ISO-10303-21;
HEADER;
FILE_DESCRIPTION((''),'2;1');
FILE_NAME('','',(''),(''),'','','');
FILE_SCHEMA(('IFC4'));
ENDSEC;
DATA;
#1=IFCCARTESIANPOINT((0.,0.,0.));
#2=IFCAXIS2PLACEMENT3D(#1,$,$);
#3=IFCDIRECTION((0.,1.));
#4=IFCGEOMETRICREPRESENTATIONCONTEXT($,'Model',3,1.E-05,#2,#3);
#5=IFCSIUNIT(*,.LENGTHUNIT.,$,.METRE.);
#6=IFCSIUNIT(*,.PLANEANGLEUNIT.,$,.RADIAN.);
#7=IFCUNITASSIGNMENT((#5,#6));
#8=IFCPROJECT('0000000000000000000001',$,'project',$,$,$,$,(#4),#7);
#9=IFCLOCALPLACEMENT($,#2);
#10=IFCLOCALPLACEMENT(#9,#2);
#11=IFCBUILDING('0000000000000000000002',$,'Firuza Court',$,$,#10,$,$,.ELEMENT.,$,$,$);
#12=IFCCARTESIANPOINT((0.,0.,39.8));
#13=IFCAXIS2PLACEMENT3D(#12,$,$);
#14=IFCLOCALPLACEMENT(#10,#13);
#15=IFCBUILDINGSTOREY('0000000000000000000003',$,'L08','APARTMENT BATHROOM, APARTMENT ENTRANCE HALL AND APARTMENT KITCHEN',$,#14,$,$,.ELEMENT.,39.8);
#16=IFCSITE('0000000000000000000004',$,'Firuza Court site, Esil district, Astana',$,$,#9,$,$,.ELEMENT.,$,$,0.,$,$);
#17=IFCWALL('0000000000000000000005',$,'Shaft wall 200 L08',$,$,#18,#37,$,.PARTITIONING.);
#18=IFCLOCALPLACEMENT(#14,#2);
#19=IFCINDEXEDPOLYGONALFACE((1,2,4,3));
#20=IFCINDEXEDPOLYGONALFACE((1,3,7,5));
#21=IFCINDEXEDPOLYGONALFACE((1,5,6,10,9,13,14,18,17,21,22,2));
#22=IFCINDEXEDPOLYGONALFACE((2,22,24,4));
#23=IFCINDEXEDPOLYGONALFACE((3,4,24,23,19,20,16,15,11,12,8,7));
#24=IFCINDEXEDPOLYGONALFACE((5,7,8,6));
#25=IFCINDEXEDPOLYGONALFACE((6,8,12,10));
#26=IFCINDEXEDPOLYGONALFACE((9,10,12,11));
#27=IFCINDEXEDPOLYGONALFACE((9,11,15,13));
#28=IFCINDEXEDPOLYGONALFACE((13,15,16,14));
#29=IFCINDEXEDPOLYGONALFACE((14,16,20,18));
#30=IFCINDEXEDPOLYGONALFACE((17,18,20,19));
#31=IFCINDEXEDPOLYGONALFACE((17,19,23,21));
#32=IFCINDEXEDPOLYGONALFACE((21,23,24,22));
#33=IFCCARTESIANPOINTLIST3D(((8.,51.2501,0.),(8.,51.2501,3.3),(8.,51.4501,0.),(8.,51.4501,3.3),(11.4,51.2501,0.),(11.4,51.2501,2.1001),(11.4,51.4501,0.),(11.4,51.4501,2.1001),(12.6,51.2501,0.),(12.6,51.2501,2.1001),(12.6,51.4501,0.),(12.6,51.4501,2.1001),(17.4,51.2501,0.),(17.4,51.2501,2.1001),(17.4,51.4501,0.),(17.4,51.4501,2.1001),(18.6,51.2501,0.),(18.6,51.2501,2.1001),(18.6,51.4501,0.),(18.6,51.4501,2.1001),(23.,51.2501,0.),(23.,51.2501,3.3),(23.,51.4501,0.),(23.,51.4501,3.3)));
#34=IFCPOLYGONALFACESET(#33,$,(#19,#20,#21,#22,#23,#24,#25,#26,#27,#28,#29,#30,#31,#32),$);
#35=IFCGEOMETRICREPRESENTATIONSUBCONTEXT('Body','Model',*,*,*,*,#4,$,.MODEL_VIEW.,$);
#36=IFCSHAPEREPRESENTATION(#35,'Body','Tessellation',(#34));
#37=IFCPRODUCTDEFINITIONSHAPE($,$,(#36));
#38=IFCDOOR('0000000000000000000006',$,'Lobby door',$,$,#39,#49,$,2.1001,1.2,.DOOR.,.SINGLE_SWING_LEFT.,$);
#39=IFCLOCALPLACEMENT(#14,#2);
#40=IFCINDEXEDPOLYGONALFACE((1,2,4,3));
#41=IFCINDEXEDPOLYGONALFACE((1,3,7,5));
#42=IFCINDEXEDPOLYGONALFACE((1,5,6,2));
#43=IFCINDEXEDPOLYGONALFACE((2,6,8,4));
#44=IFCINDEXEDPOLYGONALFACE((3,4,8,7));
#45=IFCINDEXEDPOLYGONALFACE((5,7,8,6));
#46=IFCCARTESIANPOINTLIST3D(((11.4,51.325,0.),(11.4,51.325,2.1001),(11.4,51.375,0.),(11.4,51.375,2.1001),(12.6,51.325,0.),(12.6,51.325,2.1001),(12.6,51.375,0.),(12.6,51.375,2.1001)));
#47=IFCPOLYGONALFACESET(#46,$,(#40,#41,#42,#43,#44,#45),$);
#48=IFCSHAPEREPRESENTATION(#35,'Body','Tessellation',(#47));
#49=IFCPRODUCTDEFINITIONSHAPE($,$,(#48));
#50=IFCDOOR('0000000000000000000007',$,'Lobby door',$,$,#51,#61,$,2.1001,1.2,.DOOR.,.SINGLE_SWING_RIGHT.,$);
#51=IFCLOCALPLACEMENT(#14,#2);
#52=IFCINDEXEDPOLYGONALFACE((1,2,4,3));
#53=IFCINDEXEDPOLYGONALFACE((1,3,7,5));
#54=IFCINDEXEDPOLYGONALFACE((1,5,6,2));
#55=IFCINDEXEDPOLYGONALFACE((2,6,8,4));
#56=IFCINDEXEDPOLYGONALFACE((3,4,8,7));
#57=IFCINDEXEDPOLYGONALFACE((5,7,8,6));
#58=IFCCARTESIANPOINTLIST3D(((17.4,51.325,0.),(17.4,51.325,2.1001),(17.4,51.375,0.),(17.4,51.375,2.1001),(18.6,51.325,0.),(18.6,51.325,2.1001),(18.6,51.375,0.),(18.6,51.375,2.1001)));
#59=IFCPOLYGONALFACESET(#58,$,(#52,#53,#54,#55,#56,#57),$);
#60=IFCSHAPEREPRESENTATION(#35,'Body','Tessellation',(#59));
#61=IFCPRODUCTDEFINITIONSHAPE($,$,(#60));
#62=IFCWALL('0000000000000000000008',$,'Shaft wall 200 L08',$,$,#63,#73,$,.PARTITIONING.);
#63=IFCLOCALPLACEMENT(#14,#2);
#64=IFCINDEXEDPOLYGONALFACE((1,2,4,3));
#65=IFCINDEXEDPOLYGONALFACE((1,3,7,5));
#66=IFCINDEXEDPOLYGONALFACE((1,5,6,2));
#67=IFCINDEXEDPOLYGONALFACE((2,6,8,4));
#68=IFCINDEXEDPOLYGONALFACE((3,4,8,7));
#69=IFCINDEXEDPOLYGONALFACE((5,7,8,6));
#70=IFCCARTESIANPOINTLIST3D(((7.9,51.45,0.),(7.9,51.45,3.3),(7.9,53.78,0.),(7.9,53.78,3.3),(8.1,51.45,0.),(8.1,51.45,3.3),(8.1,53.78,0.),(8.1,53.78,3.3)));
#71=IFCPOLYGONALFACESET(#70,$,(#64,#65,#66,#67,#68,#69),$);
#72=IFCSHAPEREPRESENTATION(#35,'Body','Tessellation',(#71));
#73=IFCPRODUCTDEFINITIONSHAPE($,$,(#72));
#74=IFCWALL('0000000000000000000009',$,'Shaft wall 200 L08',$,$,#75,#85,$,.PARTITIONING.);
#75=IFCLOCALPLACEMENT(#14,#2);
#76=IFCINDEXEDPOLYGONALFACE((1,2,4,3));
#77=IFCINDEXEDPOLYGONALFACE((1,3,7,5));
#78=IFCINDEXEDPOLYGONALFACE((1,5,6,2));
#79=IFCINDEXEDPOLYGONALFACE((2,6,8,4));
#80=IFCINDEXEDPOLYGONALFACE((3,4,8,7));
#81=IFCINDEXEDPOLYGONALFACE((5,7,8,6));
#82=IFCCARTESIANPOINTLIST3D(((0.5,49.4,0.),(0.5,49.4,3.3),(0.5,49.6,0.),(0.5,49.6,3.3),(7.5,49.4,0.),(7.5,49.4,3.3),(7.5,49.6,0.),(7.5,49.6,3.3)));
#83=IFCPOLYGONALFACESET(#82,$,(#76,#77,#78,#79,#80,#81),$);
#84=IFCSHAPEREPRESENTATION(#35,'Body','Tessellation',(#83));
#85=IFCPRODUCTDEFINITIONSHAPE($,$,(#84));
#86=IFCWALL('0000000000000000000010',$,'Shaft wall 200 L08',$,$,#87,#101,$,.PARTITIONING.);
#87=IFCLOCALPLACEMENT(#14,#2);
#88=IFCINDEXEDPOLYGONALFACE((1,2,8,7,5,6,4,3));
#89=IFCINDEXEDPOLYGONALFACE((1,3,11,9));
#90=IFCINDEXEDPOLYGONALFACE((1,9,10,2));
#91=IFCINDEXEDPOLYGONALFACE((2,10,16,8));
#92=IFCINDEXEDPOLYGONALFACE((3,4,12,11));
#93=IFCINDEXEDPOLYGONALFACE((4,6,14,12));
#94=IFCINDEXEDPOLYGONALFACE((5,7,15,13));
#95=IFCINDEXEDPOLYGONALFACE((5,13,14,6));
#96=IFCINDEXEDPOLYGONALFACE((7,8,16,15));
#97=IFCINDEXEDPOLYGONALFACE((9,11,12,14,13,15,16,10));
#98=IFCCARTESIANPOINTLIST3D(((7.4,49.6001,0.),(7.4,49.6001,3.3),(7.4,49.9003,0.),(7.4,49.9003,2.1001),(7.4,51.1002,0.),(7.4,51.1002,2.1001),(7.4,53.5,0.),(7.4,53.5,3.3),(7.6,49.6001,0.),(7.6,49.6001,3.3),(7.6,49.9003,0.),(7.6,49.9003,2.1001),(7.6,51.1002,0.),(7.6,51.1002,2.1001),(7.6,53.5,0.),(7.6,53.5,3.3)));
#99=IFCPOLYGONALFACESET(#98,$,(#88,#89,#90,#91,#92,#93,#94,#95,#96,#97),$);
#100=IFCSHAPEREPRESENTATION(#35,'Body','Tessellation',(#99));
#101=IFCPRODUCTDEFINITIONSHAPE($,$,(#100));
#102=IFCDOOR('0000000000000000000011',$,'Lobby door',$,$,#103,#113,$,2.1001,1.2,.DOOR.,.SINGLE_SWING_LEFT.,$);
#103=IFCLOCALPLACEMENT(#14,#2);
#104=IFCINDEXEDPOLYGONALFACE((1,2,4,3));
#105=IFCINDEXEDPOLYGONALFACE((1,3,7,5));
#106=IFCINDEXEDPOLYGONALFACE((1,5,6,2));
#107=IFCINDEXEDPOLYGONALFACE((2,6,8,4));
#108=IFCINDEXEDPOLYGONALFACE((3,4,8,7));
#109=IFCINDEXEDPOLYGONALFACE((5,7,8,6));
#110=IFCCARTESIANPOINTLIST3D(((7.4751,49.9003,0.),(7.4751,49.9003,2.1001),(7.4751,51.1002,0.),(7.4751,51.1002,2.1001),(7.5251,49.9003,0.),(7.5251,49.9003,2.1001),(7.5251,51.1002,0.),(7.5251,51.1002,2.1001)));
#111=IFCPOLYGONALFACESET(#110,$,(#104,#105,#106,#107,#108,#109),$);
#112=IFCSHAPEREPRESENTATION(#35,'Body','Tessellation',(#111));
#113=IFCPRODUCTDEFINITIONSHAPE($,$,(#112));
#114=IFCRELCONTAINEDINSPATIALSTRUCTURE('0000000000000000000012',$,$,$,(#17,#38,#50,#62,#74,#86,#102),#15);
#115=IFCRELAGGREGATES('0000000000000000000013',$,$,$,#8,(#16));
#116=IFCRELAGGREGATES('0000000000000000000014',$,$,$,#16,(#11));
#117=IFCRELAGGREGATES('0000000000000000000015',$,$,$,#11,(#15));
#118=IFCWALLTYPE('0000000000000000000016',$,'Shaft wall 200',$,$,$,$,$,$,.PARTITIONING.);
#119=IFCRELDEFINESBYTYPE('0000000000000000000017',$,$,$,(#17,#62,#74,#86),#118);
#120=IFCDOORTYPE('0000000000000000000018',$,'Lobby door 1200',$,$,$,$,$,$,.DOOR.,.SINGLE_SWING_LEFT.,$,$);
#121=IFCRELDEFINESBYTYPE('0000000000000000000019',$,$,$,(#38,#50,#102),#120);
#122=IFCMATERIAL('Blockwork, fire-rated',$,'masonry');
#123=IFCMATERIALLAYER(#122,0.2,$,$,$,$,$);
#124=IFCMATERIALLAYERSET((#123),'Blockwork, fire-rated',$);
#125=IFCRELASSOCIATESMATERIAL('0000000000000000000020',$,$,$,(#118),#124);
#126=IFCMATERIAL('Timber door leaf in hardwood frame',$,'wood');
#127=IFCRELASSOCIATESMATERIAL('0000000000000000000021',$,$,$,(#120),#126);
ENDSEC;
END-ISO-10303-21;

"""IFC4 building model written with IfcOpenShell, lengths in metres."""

from ifc_helpers import new_model, si_unit, direction, frame, frame_2d, origin, place, context, subcontext, project, spatial, rectangle, extrude, material, layer, layer_set, type_object, element, fill, save


model = new_model("IFC4")

# Units and contexts
model_context = context("Model", 3, precision=1e-05, world=origin(), true_north=direction((0.0, 1.0)))
body_context = subcontext(model_context, "Body", "Model", "MODEL_VIEW")
ifc_project = project(units=[si_unit("LENGTHUNIT", "METRE"), si_unit("PLANEANGLEUNIT", "RADIAN")], contexts=[model_context])

# Site, building, storey
site_placement = place(None, origin())
site = spatial("IfcSite", under=ifc_project, at=site_placement, Name="Firuza Court site, Esil district, Astana", CompositionType="ELEMENT", RefElevation=0.0)
building_placement = place(site_placement, origin())
building = spatial("IfcBuilding", under=site, at=building_placement, Name="Firuza Court", CompositionType="ELEMENT")
storey_placement = place(building_placement, frame((0.0, 0.0, 39.8)))
storey = spatial("IfcBuildingStorey", under=building, at=storey_placement, Name="L08", Description="APARTMENT BATHROOM, APARTMENT ENTRANCE HALL AND APARTMENT KITCHEN", CompositionType="ELEMENT", Elevation=39.8)

# Wall, openings, doors
ifc_material_1 = material(Name="Blockwork, fire-rated", Category="masonry")
ifc_layer_1 = layer(ifc_material_1, 0.2)
ifc_layer_set_1 = layer_set([ifc_layer_1], Name="Blockwork, fire-rated")
wall_type_1 = type_object("IfcWallType", Name="Shaft wall 200", PredefinedType="PARTITIONING", material=ifc_layer_set_1)
wall_1_placement = place(storey_placement, frame((8.0, 51.3501, 0.0), z_axis=(0.0, 0.0, 1.0), x_axis=(1.0, 0.0, 0.0)))
wall_1 = element("IfcWall", 1, at=wall_1_placement, inside=storey, type_object=wall_type_1, Name="Shaft wall 200 L08", PredefinedType="PARTITIONING", context=body_context, shape_type="SweptSolid", body=[
    extrude(rectangle(XDim=15.0, YDim=0.2, at=frame_2d((7.5, 0.0))), origin(), (0.0, 0.0, 1.0), 3.3),
])
opening_1_placement = place(wall_1_placement, frame((3.3999, 0.0, 0.0)))
opening_1 = element("IfcOpeningElement", 2, at=opening_1_placement, cuts=wall_1, PredefinedType="OPENING", context=body_context, shape_type="SweptSolid", body=[
    extrude(rectangle(XDim=1.2, YDim=2.1001, at=frame_2d((0.6001, 1.05))), frame((0.0, 0.1118, 0.0), z_axis=(0.0, -1.0, 0.0), x_axis=(1.0, 0.0, 0.0)), (0.0, 0.0, 1.0), 0.2239),
])
opening_2_placement = place(wall_1_placement, frame((9.3999, 0.0, 0.0)))
opening_2 = element("IfcOpeningElement", 3, at=opening_2_placement, cuts=wall_1, PredefinedType="OPENING", context=body_context, shape_type="SweptSolid", body=[
    extrude(rectangle(XDim=1.2, YDim=2.1001, at=frame_2d((0.6001, 1.05))), frame((0.0, 0.1118, 0.0), z_axis=(0.0, -1.0, 0.0), x_axis=(1.0, 0.0, 0.0)), (0.0, 0.0, 1.0), 0.2239),
])
ifc_material_2 = material(Name="Timber door leaf in hardwood frame", Category="wood")
door_type_1 = type_object("IfcDoorType", Name="Lobby door 1200", OperationType="SINGLE_SWING_LEFT", PredefinedType="DOOR", material=ifc_material_2)
door_1_placement = place(opening_1_placement, origin())
door_1 = element("IfcDoor", 4, at=door_1_placement, inside=storey, type_object=door_type_1, Name="Lobby door", OperationType="SINGLE_SWING_LEFT", OverallHeight=2.1001, OverallWidth=1.2, PredefinedType="DOOR", context=body_context, shape_type="SweptSolid", body=[
    extrude(rectangle(XDim=1.2, YDim=2.1001, at=frame_2d((0.6001, 1.05))), frame((0.0, 0.0249, 0.0), z_axis=(0.0, -1.0, 0.0), x_axis=(1.0, 0.0, 0.0)), (0.0, 0.0, 1.0), 0.05),
])
fill(opening_1, door_1)
door_2_placement = place(opening_2_placement, origin())
door_2 = element("IfcDoor", 5, at=door_2_placement, inside=storey, type_object=door_type_1, Name="Lobby door", OperationType="SINGLE_SWING_RIGHT", OverallHeight=2.1001, OverallWidth=1.2, PredefinedType="DOOR", context=body_context, shape_type="SweptSolid", body=[
    extrude(rectangle(XDim=1.2, YDim=2.1001, at=frame_2d((0.6001, 1.05))), frame((0.0, 0.0249, 0.0), z_axis=(0.0, -1.0, 0.0), x_axis=(1.0, 0.0, 0.0)), (0.0, 0.0, 1.0), 0.05),
])
fill(opening_2, door_2)

# Walls
wall_2_placement = place(storey_placement, frame((8.0, 51.45, 0.0), z_axis=(0.0, 0.0, 1.0), x_axis=(0.0, 1.0, 0.0)))
element("IfcWall", 6, at=wall_2_placement, inside=storey, type_object=wall_type_1, Name="Shaft wall 200 L08", PredefinedType="PARTITIONING", context=body_context, shape_type="SweptSolid", body=[
    extrude(rectangle(XDim=2.3301, YDim=0.2, at=frame_2d((1.165, 0.0))), origin(), (0.0, 0.0, 1.0), 3.3),
])
wall_3_placement = place(storey_placement, frame((0.5, 49.5, 0.0), z_axis=(0.0, 0.0, 1.0), x_axis=(1.0, 0.0, 0.0)))
element("IfcWall", 7, at=wall_3_placement, inside=storey, type_object=wall_type_1, Name="Shaft wall 200 L08", PredefinedType="PARTITIONING", context=body_context, shape_type="SweptSolid", body=[
    extrude(rectangle(XDim=7.0, YDim=0.2, at=frame_2d((3.5, 0.0))), origin(), (0.0, 0.0, 1.0), 3.3),
])

# Wall, opening, door
wall_4_placement = place(storey_placement, frame((7.5, 49.6001, 0.0), z_axis=(0.0, 0.0, 1.0), x_axis=(0.0, 1.0, 0.0)))
wall_4 = element("IfcWall", 8, at=wall_4_placement, inside=storey, type_object=wall_type_1, Name="Shaft wall 200 L08", PredefinedType="PARTITIONING", context=body_context, shape_type="SweptSolid", body=[
    extrude(rectangle(XDim=3.8999, YDim=0.2, at=frame_2d((1.95, 0.0))), origin(), (0.0, 0.0, 1.0), 3.3),
])
opening_3_placement = place(wall_4_placement, frame((0.3, 0.0, 0.0)))
opening_3 = element("IfcOpeningElement", 9, at=opening_3_placement, cuts=wall_4, PredefinedType="OPENING", context=body_context, shape_type="SweptSolid", body=[
    extrude(rectangle(XDim=1.2, YDim=2.1001, at=frame_2d((0.6001, 1.05))), frame((0.0, 0.1118, 0.0), z_axis=(0.0, -1.0, 0.0), x_axis=(1.0, 0.0, 0.0)), (0.0, 0.0, 1.0), 0.2239),
])
door_3_placement = place(opening_3_placement, origin())
door_3 = element("IfcDoor", 10, at=door_3_placement, inside=storey, type_object=door_type_1, Name="Lobby door", OperationType="SINGLE_SWING_LEFT", OverallHeight=2.1001, OverallWidth=1.2, PredefinedType="DOOR", context=body_context, shape_type="SweptSolid", body=[
    extrude(rectangle(XDim=1.2, YDim=2.1001, at=frame_2d((0.6001, 1.05))), frame((0.0, 0.0249, 0.0), z_axis=(0.0, -1.0, 0.0), x_axis=(1.0, 0.0, 0.0)), (0.0, 0.0, 1.0), 0.05),
])
fill(opening_3, door_3)

save(model, "model.ifc")
